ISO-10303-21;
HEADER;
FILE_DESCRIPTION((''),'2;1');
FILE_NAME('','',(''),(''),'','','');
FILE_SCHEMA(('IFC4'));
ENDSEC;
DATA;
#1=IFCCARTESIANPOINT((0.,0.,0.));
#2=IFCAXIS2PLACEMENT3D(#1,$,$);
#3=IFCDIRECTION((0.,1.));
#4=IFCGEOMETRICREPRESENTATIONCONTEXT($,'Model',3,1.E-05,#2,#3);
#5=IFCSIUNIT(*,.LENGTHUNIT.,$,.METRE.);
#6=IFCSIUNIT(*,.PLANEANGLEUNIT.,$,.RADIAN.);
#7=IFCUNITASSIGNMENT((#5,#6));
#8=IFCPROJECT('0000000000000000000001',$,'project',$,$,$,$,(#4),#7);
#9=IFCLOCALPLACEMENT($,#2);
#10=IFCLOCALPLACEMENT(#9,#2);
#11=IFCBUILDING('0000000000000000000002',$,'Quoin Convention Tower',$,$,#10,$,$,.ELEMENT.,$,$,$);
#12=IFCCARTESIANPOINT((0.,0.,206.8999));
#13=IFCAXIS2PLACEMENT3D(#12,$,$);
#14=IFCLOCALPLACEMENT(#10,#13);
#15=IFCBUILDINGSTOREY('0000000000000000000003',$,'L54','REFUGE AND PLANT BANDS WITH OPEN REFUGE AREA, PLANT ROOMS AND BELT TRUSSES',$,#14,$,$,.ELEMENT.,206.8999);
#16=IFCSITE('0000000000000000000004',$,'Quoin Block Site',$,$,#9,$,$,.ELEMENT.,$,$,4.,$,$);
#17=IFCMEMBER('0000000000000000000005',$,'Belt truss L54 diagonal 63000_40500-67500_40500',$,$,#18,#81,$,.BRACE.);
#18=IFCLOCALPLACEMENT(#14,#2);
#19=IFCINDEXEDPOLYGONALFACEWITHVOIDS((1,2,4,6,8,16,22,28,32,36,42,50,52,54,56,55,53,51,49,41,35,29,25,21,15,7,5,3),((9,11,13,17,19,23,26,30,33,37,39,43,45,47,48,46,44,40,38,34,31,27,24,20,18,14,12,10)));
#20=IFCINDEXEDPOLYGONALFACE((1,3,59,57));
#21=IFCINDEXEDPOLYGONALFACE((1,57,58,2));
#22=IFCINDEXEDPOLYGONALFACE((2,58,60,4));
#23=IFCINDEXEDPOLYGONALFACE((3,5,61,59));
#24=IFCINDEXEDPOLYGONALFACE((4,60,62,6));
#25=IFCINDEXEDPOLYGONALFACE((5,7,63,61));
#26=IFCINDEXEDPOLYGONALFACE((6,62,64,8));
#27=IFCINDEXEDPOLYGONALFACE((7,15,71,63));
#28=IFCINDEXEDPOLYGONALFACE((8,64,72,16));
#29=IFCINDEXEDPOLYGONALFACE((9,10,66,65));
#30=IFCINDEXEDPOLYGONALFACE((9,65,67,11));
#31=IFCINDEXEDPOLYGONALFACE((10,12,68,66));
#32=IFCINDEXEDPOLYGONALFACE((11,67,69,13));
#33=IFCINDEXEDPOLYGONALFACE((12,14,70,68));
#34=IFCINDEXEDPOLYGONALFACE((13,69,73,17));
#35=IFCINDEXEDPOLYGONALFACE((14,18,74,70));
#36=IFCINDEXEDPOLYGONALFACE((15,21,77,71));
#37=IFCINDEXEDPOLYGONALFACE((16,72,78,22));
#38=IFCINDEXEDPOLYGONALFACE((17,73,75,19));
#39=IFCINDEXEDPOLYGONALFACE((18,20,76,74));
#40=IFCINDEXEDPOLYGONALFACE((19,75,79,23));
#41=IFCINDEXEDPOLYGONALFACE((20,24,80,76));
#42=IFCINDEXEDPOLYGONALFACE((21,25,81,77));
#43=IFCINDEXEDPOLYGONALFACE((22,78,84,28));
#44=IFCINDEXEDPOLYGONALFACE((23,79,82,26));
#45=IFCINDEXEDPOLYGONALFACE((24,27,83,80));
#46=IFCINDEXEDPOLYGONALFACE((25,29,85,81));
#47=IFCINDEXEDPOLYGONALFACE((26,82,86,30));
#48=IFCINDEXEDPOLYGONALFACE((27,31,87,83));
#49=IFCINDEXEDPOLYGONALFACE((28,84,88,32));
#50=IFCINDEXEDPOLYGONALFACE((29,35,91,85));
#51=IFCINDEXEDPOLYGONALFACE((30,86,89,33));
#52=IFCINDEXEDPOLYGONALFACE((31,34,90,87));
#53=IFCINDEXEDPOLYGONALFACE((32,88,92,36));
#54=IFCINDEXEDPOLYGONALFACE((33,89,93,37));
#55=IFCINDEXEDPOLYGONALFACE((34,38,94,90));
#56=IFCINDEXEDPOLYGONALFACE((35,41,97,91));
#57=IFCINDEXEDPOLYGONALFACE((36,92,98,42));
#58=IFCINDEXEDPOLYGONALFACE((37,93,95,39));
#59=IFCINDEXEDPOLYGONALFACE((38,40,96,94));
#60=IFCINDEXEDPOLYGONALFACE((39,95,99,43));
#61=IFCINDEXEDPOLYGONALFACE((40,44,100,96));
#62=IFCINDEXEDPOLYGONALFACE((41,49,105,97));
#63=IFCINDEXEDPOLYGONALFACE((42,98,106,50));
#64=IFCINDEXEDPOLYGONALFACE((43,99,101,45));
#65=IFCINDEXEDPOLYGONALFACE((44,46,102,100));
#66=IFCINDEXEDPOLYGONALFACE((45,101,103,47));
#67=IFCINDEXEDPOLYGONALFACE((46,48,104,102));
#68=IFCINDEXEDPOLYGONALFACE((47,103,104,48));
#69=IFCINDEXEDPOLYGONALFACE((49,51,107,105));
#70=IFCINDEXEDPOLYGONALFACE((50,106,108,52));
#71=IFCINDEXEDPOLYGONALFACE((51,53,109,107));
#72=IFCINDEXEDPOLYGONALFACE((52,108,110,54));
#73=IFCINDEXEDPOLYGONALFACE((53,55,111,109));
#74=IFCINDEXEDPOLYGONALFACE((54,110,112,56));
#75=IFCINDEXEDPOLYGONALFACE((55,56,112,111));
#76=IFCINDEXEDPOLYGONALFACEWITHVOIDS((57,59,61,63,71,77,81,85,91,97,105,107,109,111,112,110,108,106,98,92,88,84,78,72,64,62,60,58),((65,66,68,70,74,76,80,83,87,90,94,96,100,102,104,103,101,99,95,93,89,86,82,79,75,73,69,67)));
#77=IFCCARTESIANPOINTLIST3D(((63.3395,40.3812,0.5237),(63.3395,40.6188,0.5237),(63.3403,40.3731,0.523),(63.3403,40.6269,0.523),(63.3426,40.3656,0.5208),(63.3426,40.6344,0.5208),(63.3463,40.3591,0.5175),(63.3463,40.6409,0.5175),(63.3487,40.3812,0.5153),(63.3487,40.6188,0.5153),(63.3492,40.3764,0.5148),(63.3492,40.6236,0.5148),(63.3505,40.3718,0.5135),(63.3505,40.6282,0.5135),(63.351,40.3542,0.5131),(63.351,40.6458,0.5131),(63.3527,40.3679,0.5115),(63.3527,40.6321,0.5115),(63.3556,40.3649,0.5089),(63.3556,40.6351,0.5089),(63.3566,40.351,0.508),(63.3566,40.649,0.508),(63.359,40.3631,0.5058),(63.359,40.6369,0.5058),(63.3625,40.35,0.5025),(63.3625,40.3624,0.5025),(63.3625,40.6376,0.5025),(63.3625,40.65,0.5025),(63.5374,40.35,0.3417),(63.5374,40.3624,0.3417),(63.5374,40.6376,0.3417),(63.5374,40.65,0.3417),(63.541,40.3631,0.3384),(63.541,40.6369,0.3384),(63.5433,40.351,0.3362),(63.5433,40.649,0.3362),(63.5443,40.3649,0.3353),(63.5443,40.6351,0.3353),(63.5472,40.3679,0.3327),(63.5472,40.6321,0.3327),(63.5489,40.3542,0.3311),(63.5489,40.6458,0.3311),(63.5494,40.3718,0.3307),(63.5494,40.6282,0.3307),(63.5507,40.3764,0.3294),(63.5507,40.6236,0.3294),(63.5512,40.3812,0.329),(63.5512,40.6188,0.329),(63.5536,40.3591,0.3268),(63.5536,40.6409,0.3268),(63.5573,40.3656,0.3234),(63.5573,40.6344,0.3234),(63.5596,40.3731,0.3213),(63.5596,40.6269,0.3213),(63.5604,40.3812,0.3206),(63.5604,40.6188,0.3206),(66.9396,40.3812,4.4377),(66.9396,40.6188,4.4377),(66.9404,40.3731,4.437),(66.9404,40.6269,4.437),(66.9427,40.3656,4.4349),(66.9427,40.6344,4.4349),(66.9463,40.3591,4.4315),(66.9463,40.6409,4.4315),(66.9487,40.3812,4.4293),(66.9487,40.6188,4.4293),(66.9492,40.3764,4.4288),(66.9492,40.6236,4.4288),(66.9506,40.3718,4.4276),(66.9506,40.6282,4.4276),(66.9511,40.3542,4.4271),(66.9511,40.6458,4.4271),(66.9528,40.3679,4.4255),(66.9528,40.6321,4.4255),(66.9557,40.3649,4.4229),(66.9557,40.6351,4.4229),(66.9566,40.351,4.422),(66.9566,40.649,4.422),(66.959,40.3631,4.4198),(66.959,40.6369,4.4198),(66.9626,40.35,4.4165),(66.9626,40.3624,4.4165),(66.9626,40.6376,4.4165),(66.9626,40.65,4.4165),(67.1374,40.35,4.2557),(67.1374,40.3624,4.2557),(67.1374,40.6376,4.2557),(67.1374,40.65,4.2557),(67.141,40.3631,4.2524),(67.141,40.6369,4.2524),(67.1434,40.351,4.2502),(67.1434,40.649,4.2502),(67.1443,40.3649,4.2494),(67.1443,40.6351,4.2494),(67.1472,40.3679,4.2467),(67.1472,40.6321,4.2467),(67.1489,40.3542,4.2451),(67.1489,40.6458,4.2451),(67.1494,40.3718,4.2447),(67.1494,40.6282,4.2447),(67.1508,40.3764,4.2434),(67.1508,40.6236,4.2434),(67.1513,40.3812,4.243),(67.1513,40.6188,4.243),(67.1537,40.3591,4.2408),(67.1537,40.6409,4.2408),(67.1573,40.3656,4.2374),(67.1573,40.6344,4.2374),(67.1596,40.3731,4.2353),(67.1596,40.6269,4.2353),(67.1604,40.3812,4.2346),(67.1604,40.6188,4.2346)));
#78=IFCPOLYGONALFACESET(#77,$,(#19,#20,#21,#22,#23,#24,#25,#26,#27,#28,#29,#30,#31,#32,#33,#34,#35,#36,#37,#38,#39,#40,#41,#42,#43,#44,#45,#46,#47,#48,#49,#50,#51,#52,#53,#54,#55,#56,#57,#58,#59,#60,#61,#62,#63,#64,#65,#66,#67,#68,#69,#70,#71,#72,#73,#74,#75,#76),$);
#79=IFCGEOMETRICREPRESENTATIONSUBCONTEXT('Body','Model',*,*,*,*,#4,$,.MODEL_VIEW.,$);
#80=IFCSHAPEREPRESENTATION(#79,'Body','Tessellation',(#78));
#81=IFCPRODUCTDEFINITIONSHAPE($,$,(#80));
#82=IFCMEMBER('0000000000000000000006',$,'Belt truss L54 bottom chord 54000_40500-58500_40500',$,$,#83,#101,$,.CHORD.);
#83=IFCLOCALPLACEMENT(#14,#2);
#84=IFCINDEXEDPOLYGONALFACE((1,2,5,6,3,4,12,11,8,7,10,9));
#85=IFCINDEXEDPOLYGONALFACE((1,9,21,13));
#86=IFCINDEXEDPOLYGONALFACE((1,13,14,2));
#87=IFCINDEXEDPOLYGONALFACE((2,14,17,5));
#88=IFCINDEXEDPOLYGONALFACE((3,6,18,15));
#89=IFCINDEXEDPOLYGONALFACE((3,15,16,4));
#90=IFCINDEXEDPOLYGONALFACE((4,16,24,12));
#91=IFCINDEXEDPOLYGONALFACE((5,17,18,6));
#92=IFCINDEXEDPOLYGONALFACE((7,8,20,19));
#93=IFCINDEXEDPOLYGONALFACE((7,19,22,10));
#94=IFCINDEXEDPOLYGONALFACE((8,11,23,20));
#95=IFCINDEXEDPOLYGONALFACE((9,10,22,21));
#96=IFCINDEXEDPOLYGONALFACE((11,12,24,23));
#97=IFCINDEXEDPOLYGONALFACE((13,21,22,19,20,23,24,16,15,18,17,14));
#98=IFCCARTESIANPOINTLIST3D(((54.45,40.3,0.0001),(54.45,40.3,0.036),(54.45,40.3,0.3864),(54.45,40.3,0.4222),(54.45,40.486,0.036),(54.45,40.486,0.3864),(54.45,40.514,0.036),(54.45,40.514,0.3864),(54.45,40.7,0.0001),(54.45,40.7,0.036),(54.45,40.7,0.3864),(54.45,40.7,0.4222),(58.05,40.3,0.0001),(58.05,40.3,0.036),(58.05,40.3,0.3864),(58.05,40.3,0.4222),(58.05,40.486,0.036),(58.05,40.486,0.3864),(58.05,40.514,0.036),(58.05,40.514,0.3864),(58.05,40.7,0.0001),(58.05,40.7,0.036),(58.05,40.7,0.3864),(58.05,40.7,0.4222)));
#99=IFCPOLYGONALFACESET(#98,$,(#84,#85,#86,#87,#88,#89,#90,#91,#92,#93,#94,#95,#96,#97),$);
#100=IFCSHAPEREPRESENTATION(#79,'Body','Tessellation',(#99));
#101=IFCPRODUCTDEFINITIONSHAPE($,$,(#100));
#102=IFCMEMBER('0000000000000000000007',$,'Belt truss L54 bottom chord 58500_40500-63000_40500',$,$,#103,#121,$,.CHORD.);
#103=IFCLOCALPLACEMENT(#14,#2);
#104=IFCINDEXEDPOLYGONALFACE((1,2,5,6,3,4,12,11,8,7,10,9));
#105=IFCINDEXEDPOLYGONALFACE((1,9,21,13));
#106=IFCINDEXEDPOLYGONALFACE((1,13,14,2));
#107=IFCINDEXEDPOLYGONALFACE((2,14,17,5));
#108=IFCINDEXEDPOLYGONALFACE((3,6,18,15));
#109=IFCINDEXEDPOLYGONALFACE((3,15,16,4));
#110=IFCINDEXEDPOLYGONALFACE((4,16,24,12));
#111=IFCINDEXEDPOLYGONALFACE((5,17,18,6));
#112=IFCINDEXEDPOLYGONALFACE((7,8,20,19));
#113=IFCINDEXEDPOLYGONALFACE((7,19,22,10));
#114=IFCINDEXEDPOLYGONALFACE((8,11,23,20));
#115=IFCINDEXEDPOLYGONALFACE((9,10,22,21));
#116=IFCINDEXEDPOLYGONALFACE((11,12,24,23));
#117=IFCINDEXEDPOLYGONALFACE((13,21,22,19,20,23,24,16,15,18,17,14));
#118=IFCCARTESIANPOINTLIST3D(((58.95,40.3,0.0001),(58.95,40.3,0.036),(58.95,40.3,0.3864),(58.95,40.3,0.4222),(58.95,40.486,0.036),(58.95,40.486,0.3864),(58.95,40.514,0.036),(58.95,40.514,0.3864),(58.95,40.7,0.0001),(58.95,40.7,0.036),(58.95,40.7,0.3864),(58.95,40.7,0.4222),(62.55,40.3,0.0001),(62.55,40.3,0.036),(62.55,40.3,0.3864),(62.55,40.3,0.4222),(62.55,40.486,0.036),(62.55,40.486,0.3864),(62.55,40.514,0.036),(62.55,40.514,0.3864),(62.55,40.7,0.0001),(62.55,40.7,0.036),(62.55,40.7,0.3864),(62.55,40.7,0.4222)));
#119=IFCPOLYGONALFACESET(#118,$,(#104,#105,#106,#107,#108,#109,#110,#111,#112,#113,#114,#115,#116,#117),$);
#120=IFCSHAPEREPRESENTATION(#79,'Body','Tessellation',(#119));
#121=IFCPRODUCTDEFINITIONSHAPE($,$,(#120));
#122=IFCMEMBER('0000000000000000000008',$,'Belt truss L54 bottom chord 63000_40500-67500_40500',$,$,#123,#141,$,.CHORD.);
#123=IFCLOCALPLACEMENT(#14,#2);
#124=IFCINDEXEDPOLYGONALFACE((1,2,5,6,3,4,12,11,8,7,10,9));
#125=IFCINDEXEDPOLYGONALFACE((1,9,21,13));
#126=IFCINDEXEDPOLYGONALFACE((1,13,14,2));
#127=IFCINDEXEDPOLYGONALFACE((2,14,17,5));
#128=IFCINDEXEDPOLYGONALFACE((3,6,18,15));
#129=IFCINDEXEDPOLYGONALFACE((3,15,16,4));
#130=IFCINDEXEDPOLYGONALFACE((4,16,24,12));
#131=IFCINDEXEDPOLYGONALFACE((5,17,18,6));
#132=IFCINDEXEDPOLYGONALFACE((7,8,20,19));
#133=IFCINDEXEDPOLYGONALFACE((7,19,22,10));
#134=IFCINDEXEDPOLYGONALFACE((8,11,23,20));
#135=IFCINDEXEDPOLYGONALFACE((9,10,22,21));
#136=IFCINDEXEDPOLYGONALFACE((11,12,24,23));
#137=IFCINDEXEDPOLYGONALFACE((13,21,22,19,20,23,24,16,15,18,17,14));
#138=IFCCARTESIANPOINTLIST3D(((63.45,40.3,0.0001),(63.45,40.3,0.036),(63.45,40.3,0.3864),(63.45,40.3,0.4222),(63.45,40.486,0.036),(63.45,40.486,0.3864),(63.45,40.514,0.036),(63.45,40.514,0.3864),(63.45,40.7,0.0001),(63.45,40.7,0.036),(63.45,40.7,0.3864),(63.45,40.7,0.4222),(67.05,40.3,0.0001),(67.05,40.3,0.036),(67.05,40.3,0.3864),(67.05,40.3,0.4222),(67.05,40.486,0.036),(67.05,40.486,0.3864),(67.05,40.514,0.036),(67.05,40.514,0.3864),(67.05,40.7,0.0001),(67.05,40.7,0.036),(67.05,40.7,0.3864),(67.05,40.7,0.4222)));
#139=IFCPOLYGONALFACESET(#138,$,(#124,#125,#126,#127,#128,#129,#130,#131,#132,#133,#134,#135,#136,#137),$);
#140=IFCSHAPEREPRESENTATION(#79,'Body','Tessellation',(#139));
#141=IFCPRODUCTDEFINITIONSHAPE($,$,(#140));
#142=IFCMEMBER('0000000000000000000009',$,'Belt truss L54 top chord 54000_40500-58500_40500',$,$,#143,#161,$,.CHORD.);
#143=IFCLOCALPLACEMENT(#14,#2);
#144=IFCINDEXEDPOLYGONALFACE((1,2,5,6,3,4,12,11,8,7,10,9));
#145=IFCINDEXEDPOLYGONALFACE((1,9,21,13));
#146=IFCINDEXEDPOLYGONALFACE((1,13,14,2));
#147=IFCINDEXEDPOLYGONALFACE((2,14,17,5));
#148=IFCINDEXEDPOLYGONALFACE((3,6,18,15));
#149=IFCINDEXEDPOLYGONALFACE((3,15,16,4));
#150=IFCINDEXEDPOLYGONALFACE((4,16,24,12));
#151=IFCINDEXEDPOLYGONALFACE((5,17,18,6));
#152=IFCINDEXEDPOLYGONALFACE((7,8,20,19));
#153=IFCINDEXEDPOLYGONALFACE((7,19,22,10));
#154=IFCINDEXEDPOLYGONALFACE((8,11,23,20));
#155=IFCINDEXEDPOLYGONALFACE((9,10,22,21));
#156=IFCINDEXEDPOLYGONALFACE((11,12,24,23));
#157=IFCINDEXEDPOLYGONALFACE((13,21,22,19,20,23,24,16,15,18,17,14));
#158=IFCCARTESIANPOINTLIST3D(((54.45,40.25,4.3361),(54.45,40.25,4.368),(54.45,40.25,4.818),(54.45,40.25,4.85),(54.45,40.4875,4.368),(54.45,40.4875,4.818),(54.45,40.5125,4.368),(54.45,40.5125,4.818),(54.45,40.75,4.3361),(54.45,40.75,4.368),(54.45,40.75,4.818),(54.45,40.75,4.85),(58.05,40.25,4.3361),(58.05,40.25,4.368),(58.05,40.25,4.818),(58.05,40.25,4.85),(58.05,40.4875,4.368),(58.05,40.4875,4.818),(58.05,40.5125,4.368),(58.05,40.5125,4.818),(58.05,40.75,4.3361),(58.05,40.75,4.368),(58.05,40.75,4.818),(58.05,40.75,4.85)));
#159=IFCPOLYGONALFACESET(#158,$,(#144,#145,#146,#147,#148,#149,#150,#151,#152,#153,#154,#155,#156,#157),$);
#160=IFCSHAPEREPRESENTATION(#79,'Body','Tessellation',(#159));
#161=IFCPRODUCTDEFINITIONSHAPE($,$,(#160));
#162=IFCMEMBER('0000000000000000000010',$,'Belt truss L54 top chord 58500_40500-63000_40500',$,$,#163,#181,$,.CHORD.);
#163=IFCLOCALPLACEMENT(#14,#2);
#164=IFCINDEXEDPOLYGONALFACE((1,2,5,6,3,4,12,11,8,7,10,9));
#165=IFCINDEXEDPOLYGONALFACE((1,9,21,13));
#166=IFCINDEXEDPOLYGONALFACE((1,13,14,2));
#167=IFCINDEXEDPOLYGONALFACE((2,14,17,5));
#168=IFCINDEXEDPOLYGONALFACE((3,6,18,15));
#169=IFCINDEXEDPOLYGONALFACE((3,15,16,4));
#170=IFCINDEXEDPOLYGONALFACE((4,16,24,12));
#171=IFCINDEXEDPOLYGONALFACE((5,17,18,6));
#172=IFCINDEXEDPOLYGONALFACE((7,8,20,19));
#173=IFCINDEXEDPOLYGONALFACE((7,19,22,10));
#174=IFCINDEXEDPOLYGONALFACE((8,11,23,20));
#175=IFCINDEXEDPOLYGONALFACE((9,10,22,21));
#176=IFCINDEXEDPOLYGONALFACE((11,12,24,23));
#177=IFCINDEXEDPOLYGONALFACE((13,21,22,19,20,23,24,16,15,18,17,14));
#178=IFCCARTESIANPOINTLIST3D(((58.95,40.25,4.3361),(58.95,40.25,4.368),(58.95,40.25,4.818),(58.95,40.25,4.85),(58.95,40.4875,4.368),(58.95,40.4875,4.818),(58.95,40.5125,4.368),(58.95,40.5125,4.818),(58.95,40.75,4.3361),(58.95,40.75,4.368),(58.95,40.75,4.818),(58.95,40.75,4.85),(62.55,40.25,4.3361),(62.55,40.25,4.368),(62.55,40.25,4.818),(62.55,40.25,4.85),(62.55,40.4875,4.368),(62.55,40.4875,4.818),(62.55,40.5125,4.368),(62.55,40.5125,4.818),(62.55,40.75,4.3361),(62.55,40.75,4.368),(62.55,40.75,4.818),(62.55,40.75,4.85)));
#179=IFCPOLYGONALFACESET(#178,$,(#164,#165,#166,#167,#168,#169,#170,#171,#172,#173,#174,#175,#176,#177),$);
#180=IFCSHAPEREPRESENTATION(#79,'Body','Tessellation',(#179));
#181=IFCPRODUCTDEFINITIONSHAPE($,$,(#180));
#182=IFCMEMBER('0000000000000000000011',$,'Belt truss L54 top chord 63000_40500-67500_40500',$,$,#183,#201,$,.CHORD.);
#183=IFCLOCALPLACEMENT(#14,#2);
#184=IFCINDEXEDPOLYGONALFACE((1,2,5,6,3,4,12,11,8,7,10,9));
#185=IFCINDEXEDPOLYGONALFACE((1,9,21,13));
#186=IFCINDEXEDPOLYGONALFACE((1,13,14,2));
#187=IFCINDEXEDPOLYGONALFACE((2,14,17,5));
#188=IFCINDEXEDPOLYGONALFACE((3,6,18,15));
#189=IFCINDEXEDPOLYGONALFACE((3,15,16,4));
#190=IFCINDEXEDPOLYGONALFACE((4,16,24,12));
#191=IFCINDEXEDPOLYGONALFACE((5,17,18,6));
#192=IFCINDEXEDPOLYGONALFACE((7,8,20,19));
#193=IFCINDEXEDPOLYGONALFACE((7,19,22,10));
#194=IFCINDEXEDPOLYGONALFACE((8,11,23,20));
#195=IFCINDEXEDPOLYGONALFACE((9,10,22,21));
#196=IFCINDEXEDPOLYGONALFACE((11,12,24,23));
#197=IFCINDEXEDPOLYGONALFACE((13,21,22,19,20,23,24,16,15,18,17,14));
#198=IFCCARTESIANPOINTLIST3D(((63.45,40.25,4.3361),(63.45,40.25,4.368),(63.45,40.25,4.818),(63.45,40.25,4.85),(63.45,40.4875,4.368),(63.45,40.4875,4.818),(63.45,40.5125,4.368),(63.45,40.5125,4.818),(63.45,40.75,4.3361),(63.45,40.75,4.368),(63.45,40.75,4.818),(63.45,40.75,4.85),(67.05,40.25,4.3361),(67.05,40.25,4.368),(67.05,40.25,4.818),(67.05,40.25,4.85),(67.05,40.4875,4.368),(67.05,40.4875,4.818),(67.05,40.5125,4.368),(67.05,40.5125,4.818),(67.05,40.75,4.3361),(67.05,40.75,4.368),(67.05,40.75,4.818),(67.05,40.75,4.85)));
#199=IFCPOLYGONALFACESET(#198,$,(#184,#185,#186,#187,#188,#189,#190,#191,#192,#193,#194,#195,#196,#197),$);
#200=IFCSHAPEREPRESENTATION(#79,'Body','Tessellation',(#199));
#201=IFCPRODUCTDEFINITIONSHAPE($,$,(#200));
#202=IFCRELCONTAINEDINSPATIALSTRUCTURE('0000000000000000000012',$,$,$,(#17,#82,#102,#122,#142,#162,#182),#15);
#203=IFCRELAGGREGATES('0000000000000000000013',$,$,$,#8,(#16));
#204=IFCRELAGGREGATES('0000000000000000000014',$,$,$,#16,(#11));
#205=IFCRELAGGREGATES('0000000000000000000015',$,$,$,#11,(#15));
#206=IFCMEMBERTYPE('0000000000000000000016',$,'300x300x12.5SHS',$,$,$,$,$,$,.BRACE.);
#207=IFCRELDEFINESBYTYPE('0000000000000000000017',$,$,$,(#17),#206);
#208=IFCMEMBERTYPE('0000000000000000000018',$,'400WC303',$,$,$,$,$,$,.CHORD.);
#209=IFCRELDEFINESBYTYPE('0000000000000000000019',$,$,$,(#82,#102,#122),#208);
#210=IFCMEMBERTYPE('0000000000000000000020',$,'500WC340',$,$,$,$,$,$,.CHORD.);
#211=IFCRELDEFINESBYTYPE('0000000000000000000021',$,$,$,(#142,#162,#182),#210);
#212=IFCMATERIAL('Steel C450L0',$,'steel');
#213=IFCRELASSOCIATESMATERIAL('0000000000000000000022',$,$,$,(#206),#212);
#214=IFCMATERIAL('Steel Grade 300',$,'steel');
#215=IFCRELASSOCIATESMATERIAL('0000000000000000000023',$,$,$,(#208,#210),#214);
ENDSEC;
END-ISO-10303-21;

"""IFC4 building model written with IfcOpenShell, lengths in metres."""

from ifc_helpers import new_model, si_unit, direction, frame, origin, origin_2d, place, context, subcontext, project, spatial, hollow_rectangle, i_section, extrude, material, material_profile, profile_set, type_object, element, save


model = new_model("IFC4")

# Units and contexts
model_context = context("Model", 3, precision=1e-05, world=origin(), true_north=direction((0.0, 1.0)))
body_context = subcontext(model_context, "Body", "Model", "MODEL_VIEW")
ifc_project = project(units=[si_unit("LENGTHUNIT", "METRE"), si_unit("PLANEANGLEUNIT", "RADIAN")], contexts=[model_context])

# Site, building, storey
site_placement = place(None, origin())
site = spatial("IfcSite", under=ifc_project, at=site_placement, Name="Quoin Block Site", CompositionType="ELEMENT", RefElevation=4.0)
building_placement = place(site_placement, origin())
building = spatial("IfcBuilding", under=site, at=building_placement, Name="Quoin Convention Tower", CompositionType="ELEMENT")
storey_placement = place(building_placement, frame((0.0, 0.0, 206.8999)))
storey = spatial("IfcBuildingStorey", under=building, at=storey_placement, Name="L54", Description="REFUGE AND PLANT BANDS WITH OPEN REFUGE AREA, PLANT ROOMS AND BELT TRUSSES", CompositionType="ELEMENT", Elevation=206.8999)

# Members
ifc_material_1 = material(Name="Steel C450L0", Category="steel")
ifc_material_profile_1 = material_profile(ifc_material_1, hollow_rectangle(XDim=0.3, YDim=0.3, WallThickness=0.0125, InnerFilletRadius=0.0188, OuterFilletRadius=0.0312, at=origin_2d()), Name="300x300x12.5SHS")
ifc_profile_set_1 = profile_set([ifc_material_profile_1], Name="Steel C450L0")
member_type_1 = type_object("IfcMemberType", Name="300x300x12.5SHS", PredefinedType="BRACE", material=ifc_profile_set_1)
for number, where, z_axis, x_axis, name in (
    (1, (63.45, 40.5, 0.4221), (0.676971, 0.0, 0.73601), (0.0, 1.0, 0.0), "Belt truss L54 diagonal 63000_40500-67500_40500"),
):
    element("IfcMember", number, at=place(storey_placement, frame(where, z_axis=z_axis, x_axis=x_axis)), inside=storey, type_object=member_type_1, Name=name, PredefinedType="BRACE", context=body_context, shape_type="SweptSolid", body=[
        extrude(hollow_rectangle(XDim=0.3, YDim=0.3, WallThickness=0.0125, InnerFilletRadius=0.0188, OuterFilletRadius=0.0312, at=origin_2d()), origin(), (0.0, 0.0, 1.0), 5.3179),
    ])
ifc_material_2 = material(Name="Steel Grade 300", Category="steel")
ifc_material_profile_2 = material_profile(ifc_material_2, i_section(OverallWidth=0.3999, OverallDepth=0.4221, WebThickness=0.0281, FlangeThickness=0.0359, at=origin_2d()), Name="400WC303")
ifc_profile_set_2 = profile_set([ifc_material_profile_2], Name="Steel Grade 300")
member_type_2 = type_object("IfcMemberType", Name="400WC303", PredefinedType="CHORD", material=ifc_profile_set_2)
for number, where, z_axis, x_axis, name in (
    (2, (54.45, 40.5, 0.2112), (1.0, 0.0, 0.0), (0.0, 1.0, 0.0), "Belt truss L54 bottom chord 54000_40500-58500_40500"),
    (3, (58.95, 40.5, 0.2112), (1.0, 0.0, 0.0), (0.0, 1.0, 0.0), "Belt truss L54 bottom chord 58500_40500-63000_40500"),
    (4, (63.45, 40.5, 0.2112), (1.0, 0.0, 0.0), (0.0, 1.0, 0.0), "Belt truss L54 bottom chord 63000_40500-67500_40500"),
):
    element("IfcMember", number, at=place(storey_placement, frame(where, z_axis=z_axis, x_axis=x_axis)), inside=storey, type_object=member_type_2, Name=name, PredefinedType="CHORD", context=body_context, shape_type="SweptSolid", body=[
        extrude(i_section(OverallWidth=0.3999, OverallDepth=0.4221, WebThickness=0.0281, FlangeThickness=0.0359, at=origin_2d()), origin(), (0.0, 0.0, 1.0), 3.6001),
    ])
ifc_material_profile_3 = material_profile(ifc_material_2, i_section(OverallWidth=0.5, OverallDepth=0.5139, WebThickness=0.0249, FlangeThickness=0.032, at=origin_2d()), Name="500WC340")
ifc_profile_set_3 = profile_set([ifc_material_profile_3], Name="Steel Grade 300")
member_type_3 = type_object("IfcMemberType", Name="500WC340", PredefinedType="CHORD", material=ifc_profile_set_3)
for number, where, z_axis, x_axis, name in (
    (5, (54.45, 40.5, 4.593), (1.0, 0.0, 0.0), (0.0, 1.0, 0.0), "Belt truss L54 top chord 54000_40500-58500_40500"),
    (6, (58.95, 40.5, 4.593), (1.0, 0.0, 0.0), (0.0, 1.0, 0.0), "Belt truss L54 top chord 58500_40500-63000_40500"),
    (7, (63.45, 40.5, 4.593), (1.0, 0.0, 0.0), (0.0, 1.0, 0.0), "Belt truss L54 top chord 63000_40500-67500_40500"),
):
    element("IfcMember", number, at=place(storey_placement, frame(where, z_axis=z_axis, x_axis=x_axis)), inside=storey, type_object=member_type_3, Name=name, PredefinedType="CHORD", context=body_context, shape_type="SweptSolid", body=[
        extrude(i_section(OverallWidth=0.5, OverallDepth=0.5139, WebThickness=0.0249, FlangeThickness=0.032, at=origin_2d()), origin(), (0.0, 0.0, 1.0), 3.6001),
    ])

save(model, "model.ifc")
